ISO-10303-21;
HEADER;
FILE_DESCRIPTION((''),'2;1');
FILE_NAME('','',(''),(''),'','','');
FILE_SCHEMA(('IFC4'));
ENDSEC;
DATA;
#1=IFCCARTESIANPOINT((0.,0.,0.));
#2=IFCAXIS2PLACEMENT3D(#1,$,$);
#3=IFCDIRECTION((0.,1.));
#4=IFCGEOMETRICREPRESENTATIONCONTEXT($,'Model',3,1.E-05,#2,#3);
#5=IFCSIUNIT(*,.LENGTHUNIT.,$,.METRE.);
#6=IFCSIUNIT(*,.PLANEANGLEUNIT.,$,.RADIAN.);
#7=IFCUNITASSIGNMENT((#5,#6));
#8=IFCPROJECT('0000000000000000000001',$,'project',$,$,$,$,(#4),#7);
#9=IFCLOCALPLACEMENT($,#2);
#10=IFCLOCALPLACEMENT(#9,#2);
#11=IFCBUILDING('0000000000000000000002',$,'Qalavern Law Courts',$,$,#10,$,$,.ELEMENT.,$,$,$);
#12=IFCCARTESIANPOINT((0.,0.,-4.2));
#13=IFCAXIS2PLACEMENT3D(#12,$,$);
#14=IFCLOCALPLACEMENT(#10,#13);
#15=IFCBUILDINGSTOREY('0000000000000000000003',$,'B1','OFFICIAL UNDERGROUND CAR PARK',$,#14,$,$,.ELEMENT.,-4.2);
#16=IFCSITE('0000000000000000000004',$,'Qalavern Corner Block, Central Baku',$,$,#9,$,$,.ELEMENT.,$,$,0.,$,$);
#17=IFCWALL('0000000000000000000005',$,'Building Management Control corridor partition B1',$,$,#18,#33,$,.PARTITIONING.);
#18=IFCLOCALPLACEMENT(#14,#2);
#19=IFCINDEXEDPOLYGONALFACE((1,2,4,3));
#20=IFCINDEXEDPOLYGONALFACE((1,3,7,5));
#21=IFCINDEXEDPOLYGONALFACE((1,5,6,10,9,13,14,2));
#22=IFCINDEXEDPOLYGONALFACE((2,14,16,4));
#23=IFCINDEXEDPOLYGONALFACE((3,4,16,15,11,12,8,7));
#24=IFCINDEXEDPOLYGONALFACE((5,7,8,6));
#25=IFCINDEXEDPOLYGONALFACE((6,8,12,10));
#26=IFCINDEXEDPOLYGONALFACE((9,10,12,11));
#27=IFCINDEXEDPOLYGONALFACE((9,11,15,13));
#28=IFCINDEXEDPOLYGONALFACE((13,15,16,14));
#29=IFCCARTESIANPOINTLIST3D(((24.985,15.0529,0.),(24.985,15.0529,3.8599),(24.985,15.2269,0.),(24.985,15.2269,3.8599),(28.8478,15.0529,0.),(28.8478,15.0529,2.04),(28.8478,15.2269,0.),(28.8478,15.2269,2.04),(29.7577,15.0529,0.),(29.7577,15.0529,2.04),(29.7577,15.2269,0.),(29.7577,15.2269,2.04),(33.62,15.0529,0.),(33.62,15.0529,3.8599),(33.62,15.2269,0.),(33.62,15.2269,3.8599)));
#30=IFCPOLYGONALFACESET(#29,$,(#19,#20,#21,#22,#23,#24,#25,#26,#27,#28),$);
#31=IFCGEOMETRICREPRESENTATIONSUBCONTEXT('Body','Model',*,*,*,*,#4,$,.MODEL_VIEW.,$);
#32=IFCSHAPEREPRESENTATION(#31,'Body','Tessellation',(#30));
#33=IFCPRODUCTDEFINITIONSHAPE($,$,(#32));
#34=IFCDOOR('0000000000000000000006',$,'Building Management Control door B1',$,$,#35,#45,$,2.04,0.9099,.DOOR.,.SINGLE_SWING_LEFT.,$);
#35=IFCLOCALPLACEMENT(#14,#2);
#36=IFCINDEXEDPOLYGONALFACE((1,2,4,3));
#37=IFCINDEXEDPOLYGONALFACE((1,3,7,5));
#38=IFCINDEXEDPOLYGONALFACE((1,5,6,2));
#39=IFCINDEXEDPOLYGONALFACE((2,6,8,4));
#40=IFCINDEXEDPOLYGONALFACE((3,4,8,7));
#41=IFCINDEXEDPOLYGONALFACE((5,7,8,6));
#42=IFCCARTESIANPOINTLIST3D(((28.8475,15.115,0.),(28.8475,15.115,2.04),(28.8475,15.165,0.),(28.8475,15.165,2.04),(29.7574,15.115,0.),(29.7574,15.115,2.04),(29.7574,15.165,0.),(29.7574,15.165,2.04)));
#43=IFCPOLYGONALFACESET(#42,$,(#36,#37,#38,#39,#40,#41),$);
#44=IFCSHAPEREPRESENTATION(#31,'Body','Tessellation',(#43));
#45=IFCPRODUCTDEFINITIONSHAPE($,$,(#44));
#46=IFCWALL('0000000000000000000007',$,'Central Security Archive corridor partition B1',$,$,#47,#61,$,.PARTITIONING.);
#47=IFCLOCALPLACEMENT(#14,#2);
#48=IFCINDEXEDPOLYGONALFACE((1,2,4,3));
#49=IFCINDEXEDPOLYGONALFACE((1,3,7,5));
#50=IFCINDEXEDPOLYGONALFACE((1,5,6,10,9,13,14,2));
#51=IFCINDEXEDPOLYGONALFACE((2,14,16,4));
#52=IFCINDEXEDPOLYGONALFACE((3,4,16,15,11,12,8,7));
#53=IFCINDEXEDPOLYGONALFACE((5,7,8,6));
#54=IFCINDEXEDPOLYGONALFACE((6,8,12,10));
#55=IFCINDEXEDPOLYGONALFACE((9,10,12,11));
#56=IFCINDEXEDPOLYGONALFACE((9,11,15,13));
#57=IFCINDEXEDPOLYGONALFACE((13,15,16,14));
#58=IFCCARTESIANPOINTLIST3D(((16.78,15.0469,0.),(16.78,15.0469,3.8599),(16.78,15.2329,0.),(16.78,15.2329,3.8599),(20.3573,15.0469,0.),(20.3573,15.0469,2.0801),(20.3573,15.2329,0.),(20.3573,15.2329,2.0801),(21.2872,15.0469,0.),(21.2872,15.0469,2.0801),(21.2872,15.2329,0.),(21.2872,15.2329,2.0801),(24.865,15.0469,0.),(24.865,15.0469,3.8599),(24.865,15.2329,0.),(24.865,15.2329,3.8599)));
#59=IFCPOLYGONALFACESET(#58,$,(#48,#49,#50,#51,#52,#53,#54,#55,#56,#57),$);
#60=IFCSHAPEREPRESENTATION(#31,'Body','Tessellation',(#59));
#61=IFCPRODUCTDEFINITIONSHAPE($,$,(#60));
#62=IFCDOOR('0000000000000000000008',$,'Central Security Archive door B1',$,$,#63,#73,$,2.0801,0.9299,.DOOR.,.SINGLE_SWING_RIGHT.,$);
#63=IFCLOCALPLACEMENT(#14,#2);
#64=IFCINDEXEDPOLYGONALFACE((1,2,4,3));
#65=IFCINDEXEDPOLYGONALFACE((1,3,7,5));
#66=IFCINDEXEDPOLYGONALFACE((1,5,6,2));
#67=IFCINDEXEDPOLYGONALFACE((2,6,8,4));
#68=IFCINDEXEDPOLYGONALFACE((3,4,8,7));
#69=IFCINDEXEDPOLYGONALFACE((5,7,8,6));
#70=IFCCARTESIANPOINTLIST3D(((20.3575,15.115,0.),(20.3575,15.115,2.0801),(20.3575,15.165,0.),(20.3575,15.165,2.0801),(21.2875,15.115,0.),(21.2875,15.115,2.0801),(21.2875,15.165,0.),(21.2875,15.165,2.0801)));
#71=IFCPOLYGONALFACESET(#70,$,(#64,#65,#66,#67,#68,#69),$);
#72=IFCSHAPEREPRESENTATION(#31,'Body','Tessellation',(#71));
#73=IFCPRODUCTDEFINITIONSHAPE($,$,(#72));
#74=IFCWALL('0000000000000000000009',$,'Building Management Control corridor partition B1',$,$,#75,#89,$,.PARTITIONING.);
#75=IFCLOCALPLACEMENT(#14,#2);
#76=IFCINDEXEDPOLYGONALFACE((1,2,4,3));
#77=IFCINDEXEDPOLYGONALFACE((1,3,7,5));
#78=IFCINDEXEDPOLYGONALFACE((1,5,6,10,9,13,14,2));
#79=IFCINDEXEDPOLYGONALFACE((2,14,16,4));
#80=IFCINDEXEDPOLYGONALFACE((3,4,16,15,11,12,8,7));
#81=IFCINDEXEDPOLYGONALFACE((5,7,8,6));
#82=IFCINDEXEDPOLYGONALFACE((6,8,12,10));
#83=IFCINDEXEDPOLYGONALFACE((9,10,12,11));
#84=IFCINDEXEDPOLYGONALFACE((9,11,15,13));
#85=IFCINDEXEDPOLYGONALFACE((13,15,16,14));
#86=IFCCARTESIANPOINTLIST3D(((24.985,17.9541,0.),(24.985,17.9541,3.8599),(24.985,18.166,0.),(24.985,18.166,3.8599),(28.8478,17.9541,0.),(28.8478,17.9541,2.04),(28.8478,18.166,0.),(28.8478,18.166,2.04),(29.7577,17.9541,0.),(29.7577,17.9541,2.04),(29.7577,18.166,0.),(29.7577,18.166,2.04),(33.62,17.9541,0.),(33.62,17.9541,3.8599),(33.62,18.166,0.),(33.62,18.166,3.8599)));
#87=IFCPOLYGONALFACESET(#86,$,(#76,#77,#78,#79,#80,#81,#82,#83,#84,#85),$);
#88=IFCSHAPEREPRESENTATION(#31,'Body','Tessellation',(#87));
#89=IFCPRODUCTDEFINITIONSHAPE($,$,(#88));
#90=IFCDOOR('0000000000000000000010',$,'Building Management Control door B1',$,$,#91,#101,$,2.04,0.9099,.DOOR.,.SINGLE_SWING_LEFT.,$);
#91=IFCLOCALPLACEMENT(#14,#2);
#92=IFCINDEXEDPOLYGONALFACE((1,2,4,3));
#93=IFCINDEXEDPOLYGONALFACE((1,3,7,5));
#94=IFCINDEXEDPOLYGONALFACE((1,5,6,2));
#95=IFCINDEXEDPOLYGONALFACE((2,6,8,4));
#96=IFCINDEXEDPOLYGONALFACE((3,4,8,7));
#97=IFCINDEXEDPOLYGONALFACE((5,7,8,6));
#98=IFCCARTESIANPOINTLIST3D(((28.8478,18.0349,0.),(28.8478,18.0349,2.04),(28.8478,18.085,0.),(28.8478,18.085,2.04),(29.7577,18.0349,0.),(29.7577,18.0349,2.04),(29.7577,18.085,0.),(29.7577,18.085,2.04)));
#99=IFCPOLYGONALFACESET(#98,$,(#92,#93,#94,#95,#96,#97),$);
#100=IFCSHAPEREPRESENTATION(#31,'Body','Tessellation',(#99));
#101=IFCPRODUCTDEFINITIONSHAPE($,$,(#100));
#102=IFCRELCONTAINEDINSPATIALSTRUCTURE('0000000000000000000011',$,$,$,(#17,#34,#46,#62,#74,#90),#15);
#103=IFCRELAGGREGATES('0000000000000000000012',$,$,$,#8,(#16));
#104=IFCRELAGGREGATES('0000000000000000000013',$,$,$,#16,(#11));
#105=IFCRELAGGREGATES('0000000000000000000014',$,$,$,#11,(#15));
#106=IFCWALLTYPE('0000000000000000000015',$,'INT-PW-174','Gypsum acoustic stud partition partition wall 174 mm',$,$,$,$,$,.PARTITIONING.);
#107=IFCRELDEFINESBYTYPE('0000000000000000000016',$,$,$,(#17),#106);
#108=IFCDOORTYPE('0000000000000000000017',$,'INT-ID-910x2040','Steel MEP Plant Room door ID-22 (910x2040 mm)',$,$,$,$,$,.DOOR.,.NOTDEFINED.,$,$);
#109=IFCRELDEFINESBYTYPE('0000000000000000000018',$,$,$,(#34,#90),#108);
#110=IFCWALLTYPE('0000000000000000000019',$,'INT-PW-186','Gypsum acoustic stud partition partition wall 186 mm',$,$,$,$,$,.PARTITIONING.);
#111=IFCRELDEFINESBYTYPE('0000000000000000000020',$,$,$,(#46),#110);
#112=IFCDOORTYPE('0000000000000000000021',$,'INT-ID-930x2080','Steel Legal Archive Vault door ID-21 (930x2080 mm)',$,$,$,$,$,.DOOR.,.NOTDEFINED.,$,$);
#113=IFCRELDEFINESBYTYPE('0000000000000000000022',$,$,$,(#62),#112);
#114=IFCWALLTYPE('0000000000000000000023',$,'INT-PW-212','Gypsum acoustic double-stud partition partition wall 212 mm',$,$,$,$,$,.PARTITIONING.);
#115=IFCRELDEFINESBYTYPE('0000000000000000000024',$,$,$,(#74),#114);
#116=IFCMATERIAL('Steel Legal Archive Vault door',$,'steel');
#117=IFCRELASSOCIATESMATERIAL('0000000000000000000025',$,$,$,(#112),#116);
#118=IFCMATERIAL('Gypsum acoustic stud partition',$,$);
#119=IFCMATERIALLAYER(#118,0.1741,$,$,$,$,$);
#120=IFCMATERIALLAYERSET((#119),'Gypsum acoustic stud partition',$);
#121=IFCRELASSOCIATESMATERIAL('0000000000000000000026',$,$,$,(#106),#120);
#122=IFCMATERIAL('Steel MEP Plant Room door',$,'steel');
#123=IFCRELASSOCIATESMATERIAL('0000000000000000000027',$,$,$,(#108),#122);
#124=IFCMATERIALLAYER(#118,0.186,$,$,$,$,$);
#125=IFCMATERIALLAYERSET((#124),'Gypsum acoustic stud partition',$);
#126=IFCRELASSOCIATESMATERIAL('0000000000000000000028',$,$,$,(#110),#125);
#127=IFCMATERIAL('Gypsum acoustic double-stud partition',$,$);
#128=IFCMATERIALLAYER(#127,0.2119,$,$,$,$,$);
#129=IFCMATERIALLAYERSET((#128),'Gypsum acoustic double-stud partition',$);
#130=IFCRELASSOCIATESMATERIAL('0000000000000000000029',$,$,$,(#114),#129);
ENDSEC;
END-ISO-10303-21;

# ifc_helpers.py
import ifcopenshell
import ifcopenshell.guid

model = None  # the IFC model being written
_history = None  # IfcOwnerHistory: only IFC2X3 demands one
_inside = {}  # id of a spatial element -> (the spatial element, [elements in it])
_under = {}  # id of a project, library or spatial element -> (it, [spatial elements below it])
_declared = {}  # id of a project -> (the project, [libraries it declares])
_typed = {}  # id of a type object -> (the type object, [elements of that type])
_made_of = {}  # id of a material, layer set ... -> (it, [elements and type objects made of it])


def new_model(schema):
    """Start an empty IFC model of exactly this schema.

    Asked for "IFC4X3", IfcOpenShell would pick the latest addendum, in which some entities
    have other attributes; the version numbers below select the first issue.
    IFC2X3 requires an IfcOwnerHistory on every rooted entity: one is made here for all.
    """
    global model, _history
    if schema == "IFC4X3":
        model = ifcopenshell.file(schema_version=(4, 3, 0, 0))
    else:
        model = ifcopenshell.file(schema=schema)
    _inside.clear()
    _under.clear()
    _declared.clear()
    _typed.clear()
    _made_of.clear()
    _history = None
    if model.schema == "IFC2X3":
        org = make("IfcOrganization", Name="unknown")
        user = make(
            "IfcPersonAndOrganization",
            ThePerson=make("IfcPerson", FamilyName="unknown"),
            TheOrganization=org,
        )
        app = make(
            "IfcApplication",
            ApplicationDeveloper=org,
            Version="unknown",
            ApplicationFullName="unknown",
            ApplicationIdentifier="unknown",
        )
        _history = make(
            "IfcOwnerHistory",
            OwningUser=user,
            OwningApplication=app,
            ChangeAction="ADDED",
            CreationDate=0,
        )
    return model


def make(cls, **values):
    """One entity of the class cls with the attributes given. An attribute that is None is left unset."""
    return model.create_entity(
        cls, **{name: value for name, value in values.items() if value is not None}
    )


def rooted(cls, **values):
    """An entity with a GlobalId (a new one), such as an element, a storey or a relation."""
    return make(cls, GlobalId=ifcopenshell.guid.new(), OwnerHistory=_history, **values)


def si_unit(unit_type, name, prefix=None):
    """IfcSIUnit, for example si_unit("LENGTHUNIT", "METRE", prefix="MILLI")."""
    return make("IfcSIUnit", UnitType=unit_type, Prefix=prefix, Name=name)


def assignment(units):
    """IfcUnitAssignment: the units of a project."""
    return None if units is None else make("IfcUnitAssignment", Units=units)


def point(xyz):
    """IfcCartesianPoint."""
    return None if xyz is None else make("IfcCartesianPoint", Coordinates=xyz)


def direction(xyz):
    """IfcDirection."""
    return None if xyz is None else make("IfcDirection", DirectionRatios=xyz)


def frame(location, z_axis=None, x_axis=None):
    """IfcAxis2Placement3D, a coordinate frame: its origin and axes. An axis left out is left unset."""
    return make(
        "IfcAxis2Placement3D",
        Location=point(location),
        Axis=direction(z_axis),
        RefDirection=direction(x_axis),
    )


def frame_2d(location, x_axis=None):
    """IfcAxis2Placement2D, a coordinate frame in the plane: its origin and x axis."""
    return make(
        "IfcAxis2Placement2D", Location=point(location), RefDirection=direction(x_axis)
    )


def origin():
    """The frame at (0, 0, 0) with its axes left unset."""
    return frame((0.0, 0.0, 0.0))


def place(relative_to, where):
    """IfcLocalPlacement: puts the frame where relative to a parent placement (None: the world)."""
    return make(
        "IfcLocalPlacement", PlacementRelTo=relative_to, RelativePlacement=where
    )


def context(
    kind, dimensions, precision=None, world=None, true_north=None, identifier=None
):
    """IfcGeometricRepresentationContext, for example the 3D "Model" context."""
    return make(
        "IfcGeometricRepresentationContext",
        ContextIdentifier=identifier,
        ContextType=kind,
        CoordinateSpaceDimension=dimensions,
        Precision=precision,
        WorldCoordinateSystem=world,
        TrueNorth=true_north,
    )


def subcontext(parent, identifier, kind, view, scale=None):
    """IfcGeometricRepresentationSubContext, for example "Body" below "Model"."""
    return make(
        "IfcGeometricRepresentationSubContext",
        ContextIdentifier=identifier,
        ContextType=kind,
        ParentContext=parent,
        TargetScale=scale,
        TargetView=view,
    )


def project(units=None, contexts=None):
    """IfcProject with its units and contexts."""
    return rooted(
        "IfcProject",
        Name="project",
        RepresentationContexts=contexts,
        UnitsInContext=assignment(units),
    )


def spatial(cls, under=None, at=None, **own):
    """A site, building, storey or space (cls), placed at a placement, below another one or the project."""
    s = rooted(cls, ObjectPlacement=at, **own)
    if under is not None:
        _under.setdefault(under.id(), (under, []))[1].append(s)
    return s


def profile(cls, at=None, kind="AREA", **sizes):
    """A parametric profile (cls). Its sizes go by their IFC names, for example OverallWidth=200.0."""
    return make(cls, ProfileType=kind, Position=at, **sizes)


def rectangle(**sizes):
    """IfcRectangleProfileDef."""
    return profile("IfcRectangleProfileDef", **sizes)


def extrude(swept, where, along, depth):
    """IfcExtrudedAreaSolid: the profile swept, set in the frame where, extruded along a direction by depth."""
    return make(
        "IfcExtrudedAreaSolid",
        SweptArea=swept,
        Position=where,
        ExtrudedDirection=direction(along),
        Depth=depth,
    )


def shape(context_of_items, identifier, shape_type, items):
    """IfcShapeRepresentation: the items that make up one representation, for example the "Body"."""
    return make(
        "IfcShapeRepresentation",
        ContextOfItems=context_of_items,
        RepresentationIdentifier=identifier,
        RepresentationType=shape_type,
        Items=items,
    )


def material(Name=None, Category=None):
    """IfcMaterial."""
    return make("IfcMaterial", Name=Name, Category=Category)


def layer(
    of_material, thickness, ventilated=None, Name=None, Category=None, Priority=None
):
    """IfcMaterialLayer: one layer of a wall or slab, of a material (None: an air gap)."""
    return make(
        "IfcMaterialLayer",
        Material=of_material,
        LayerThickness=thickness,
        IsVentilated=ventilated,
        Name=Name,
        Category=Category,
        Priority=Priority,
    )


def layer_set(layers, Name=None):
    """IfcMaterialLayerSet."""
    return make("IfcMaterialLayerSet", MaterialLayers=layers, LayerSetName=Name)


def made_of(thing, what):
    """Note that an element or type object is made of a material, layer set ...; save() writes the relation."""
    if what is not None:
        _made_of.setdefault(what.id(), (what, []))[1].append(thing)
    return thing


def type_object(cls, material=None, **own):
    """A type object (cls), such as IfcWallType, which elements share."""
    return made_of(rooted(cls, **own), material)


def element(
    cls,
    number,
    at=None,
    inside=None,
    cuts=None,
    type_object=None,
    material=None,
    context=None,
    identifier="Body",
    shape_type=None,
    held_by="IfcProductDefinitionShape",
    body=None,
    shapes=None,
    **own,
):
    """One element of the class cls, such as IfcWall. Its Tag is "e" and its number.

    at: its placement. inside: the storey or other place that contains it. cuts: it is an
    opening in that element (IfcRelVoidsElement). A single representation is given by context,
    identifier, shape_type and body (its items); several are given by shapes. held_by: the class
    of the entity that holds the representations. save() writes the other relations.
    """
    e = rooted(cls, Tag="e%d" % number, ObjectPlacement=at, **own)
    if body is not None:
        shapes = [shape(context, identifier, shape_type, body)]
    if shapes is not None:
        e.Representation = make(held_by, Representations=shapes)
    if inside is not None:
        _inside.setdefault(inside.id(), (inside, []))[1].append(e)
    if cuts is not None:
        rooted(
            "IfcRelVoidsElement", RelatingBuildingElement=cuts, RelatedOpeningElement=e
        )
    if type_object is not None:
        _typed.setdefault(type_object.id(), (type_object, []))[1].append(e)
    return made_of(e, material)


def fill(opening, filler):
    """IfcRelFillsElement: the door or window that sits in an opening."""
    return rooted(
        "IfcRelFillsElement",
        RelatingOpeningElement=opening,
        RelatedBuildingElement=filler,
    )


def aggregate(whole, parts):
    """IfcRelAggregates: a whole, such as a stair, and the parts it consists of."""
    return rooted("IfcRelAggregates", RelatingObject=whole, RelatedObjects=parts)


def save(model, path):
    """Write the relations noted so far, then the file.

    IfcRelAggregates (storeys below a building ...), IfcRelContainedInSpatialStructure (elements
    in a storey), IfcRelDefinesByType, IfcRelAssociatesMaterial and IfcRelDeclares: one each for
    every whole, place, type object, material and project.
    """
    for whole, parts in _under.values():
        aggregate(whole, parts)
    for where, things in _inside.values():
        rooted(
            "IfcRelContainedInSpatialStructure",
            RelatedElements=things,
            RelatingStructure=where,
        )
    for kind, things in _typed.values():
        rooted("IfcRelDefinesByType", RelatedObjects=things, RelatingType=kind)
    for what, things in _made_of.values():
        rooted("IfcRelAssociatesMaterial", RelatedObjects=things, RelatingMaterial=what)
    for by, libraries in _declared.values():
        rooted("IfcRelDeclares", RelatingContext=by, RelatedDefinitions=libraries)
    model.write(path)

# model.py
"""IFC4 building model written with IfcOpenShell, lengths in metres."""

from ifc_helpers import new_model, si_unit, direction, frame, frame_2d, origin, place, context, subcontext, project, spatial, rectangle, extrude, material, layer, layer_set, type_object, element, fill, save


model = new_model("IFC4")

# Units and contexts
model_context = context("Model", 3, precision=1e-05, world=origin(), true_north=direction((0.0, 1.0)))
body_context = subcontext(model_context, "Body", "Model", "MODEL_VIEW")
ifc_project = project(units=[si_unit("LENGTHUNIT", "METRE"), si_unit("PLANEANGLEUNIT", "RADIAN")], contexts=[model_context])

# Site, building, storey
site_placement = place(None, origin())
site = spatial("IfcSite", under=ifc_project, at=site_placement, Name="Qalavern Corner Block, Central Baku", CompositionType="ELEMENT", RefElevation=0.0)
building_placement = place(site_placement, origin())
building = spatial("IfcBuilding", under=site, at=building_placement, Name="Qalavern Law Courts", CompositionType="ELEMENT")
storey_placement = place(building_placement, frame((0.0, 0.0, -4.2)))
storey = spatial("IfcBuildingStorey", under=building, at=storey_placement, Name="B1", Description="OFFICIAL UNDERGROUND CAR PARK", CompositionType="ELEMENT", Elevation=-4.2)

# Shared definitions
ifc_material_1 = material(Name="Steel Legal Archive Vault door", Category="steel")
door_type_1 = type_object("IfcDoorType", Name="INT-ID-930x2080", Description="Steel Legal Archive Vault door ID-21 (930x2080 mm)", OperationType="NOTDEFINED", PredefinedType="DOOR", material=ifc_material_1)

# Walls, openings, doors
ifc_material_2 = material(Name="Gypsum acoustic stud partition")
ifc_layer_1 = layer(ifc_material_2, 0.1741)
ifc_layer_set_1 = layer_set([ifc_layer_1], Name="Gypsum acoustic stud partition")
wall_type_1 = type_object("IfcWallType", Name="INT-PW-174", Description="Gypsum acoustic stud partition partition wall 174 mm", PredefinedType="PARTITIONING", material=ifc_layer_set_1)
wall_1_placement = place(storey_placement, frame((24.9851, 15.1399, 0.0), z_axis=(0.0, 0.0, 1.0), x_axis=(1.0, 0.0, 0.0)))
wall_1 = element("IfcWall", 1, at=wall_1_placement, inside=storey, type_object=wall_type_1, Name="Building Management Control corridor partition B1", PredefinedType="PARTITIONING", context=body_context, shape_type="SweptSolid", body=[
    extrude(rectangle(XDim=8.635, YDim=0.1741, at=frame_2d((4.3174, 0.0))), origin(), (0.0, 0.0, 1.0), 3.8599),
])
opening_1_placement = place(wall_1_placement, frame((3.8625, 0.0, 0.0)))
opening_1 = element("IfcOpeningElement", 2, at=opening_1_placement, cuts=wall_1, PredefinedType="OPENING", context=body_context, shape_type="SweptSolid", body=[
    extrude(rectangle(XDim=0.9099, YDim=2.04, at=frame_2d((0.4551, 1.02))), frame((0.0, 0.1021, 0.0), z_axis=(0.0, -1.0, 0.0), x_axis=(1.0, 0.0, 0.0)), (0.0, 0.0, 1.0), 0.2039),
])
ifc_material_3 = material(Name="Steel MEP Plant Room door", Category="steel")
door_type_2 = type_object("IfcDoorType", Name="INT-ID-910x2040", Description="Steel MEP Plant Room door ID-22 (910x2040 mm)", OperationType="NOTDEFINED", PredefinedType="DOOR", material=ifc_material_3)
door_1_placement = place(opening_1_placement, frame((0.9099, 0.0, 0.0), z_axis=(0.0, 0.0, 1.0), x_axis=(-1.0, 0.0, 0.0)))
door_1 = element("IfcDoor", 3, at=door_1_placement, inside=storey, type_object=door_type_2, Name="Building Management Control door B1", OperationType="SINGLE_SWING_LEFT", OverallHeight=2.04, OverallWidth=0.9099, PredefinedType="DOOR", context=body_context, shape_type="SweptSolid", body=[
    extrude(rectangle(XDim=0.9099, YDim=2.04, at=frame_2d((0.4551, 1.02))), frame((0.0, 0.0249, 0.0), z_axis=(0.0, -1.0, 0.0), x_axis=(1.0, 0.0, 0.0)), (0.0, 0.0, 1.0), 0.05),
])
fill(opening_1, door_1)
ifc_layer_2 = layer(ifc_material_2, 0.186)
ifc_layer_set_2 = layer_set([ifc_layer_2], Name="Gypsum acoustic stud partition")
wall_type_2 = type_object("IfcWallType", Name="INT-PW-186", Description="Gypsum acoustic stud partition partition wall 186 mm", PredefinedType="PARTITIONING", material=ifc_layer_set_2)
wall_2_placement = place(storey_placement, frame((16.78, 15.1399, 0.0), z_axis=(0.0, 0.0, 1.0), x_axis=(1.0, 0.0, 0.0)))
wall_2 = element("IfcWall", 4, at=wall_2_placement, inside=storey, type_object=wall_type_2, Name="Central Security Archive corridor partition B1", PredefinedType="PARTITIONING", context=body_context, shape_type="SweptSolid", body=[
    extrude(rectangle(XDim=8.085, YDim=0.186, at=frame_2d((4.0425, 0.0))), origin(), (0.0, 0.0, 1.0), 3.8599),
])
opening_2_placement = place(wall_2_placement, frame((3.5774, 0.0, 0.0)))
opening_2 = element("IfcOpeningElement", 5, at=opening_2_placement, cuts=wall_2, PredefinedType="OPENING", context=body_context, shape_type="SweptSolid", body=[
    extrude(rectangle(XDim=0.9299, YDim=2.0801, at=frame_2d((0.4648, 1.04))), frame((0.0, 0.1079, 0.0), z_axis=(0.0, -1.0, 0.0), x_axis=(1.0, 0.0, 0.0)), (0.0, 0.0, 1.0), 0.2158),
])
door_2_placement = place(opening_2_placement, frame((0.9299, 0.0, 0.0), z_axis=(0.0, 0.0, 1.0), x_axis=(-1.0, 0.0, 0.0)))
door_2 = element("IfcDoor", 6, at=door_2_placement, inside=storey, type_object=door_type_1, Name="Central Security Archive door B1", OperationType="SINGLE_SWING_RIGHT", OverallHeight=2.0801, OverallWidth=0.9299, PredefinedType="DOOR", context=body_context, shape_type="SweptSolid", body=[
    extrude(rectangle(XDim=0.9299, YDim=2.0801, at=frame_2d((0.4648, 1.04))), frame((0.0, 0.0249, 0.0), z_axis=(0.0, -1.0, 0.0), x_axis=(1.0, 0.0, 0.0)), (0.0, 0.0, 1.0), 0.05),
])
fill(opening_2, door_2)
ifc_material_4 = material(Name="Gypsum acoustic double-stud partition")
ifc_layer_3 = layer(ifc_material_4, 0.2119)
ifc_layer_set_3 = layer_set([ifc_layer_3], Name="Gypsum acoustic double-stud partition")
wall_type_3 = type_object("IfcWallType", Name="INT-PW-212", Description="Gypsum acoustic double-stud partition partition wall 212 mm", PredefinedType="PARTITIONING", material=ifc_layer_set_3)
wall_3_placement = place(storey_placement, frame((24.9851, 18.0601, 0.0), z_axis=(0.0, 0.0, 1.0), x_axis=(1.0, 0.0, 0.0)))
wall_3 = element("IfcWall", 7, at=wall_3_placement, inside=storey, type_object=wall_type_3, Name="Building Management Control corridor partition B1", PredefinedType="PARTITIONING", context=body_context, shape_type="SweptSolid", body=[
    extrude(rectangle(XDim=8.635, YDim=0.2119, at=frame_2d((4.3174, 0.0))), origin(), (0.0, 0.0, 1.0), 3.8599),
])
opening_3_placement = place(wall_3_placement, frame((3.8625, 0.0, 0.0)))
opening_3 = element("IfcOpeningElement", 8, at=opening_3_placement, cuts=wall_3, PredefinedType="OPENING", context=body_context, shape_type="SweptSolid", body=[
    extrude(rectangle(XDim=0.9099, YDim=2.04, at=frame_2d((0.4551, 1.02))), frame((0.0, 0.1208, 0.0), z_axis=(0.0, -1.0, 0.0), x_axis=(1.0, 0.0, 0.0)), (0.0, 0.0, 1.0), 0.2417),
])
door_3_placement = place(opening_3_placement, origin())
door_3 = element("IfcDoor", 9, at=door_3_placement, inside=storey, type_object=door_type_2, Name="Building Management Control door B1", OperationType="SINGLE_SWING_LEFT", OverallHeight=2.04, OverallWidth=0.9099, PredefinedType="DOOR", context=body_context, shape_type="SweptSolid", body=[
    extrude(rectangle(XDim=0.9099, YDim=2.04, at=frame_2d((0.4551, 1.02))), frame((0.0, 0.0249, 0.0), z_axis=(0.0, -1.0, 0.0), x_axis=(1.0, 0.0, 0.0)), (0.0, 0.0, 1.0), 0.05),
])
fill(opening_3, door_3)

save(model, "model.ifc")
